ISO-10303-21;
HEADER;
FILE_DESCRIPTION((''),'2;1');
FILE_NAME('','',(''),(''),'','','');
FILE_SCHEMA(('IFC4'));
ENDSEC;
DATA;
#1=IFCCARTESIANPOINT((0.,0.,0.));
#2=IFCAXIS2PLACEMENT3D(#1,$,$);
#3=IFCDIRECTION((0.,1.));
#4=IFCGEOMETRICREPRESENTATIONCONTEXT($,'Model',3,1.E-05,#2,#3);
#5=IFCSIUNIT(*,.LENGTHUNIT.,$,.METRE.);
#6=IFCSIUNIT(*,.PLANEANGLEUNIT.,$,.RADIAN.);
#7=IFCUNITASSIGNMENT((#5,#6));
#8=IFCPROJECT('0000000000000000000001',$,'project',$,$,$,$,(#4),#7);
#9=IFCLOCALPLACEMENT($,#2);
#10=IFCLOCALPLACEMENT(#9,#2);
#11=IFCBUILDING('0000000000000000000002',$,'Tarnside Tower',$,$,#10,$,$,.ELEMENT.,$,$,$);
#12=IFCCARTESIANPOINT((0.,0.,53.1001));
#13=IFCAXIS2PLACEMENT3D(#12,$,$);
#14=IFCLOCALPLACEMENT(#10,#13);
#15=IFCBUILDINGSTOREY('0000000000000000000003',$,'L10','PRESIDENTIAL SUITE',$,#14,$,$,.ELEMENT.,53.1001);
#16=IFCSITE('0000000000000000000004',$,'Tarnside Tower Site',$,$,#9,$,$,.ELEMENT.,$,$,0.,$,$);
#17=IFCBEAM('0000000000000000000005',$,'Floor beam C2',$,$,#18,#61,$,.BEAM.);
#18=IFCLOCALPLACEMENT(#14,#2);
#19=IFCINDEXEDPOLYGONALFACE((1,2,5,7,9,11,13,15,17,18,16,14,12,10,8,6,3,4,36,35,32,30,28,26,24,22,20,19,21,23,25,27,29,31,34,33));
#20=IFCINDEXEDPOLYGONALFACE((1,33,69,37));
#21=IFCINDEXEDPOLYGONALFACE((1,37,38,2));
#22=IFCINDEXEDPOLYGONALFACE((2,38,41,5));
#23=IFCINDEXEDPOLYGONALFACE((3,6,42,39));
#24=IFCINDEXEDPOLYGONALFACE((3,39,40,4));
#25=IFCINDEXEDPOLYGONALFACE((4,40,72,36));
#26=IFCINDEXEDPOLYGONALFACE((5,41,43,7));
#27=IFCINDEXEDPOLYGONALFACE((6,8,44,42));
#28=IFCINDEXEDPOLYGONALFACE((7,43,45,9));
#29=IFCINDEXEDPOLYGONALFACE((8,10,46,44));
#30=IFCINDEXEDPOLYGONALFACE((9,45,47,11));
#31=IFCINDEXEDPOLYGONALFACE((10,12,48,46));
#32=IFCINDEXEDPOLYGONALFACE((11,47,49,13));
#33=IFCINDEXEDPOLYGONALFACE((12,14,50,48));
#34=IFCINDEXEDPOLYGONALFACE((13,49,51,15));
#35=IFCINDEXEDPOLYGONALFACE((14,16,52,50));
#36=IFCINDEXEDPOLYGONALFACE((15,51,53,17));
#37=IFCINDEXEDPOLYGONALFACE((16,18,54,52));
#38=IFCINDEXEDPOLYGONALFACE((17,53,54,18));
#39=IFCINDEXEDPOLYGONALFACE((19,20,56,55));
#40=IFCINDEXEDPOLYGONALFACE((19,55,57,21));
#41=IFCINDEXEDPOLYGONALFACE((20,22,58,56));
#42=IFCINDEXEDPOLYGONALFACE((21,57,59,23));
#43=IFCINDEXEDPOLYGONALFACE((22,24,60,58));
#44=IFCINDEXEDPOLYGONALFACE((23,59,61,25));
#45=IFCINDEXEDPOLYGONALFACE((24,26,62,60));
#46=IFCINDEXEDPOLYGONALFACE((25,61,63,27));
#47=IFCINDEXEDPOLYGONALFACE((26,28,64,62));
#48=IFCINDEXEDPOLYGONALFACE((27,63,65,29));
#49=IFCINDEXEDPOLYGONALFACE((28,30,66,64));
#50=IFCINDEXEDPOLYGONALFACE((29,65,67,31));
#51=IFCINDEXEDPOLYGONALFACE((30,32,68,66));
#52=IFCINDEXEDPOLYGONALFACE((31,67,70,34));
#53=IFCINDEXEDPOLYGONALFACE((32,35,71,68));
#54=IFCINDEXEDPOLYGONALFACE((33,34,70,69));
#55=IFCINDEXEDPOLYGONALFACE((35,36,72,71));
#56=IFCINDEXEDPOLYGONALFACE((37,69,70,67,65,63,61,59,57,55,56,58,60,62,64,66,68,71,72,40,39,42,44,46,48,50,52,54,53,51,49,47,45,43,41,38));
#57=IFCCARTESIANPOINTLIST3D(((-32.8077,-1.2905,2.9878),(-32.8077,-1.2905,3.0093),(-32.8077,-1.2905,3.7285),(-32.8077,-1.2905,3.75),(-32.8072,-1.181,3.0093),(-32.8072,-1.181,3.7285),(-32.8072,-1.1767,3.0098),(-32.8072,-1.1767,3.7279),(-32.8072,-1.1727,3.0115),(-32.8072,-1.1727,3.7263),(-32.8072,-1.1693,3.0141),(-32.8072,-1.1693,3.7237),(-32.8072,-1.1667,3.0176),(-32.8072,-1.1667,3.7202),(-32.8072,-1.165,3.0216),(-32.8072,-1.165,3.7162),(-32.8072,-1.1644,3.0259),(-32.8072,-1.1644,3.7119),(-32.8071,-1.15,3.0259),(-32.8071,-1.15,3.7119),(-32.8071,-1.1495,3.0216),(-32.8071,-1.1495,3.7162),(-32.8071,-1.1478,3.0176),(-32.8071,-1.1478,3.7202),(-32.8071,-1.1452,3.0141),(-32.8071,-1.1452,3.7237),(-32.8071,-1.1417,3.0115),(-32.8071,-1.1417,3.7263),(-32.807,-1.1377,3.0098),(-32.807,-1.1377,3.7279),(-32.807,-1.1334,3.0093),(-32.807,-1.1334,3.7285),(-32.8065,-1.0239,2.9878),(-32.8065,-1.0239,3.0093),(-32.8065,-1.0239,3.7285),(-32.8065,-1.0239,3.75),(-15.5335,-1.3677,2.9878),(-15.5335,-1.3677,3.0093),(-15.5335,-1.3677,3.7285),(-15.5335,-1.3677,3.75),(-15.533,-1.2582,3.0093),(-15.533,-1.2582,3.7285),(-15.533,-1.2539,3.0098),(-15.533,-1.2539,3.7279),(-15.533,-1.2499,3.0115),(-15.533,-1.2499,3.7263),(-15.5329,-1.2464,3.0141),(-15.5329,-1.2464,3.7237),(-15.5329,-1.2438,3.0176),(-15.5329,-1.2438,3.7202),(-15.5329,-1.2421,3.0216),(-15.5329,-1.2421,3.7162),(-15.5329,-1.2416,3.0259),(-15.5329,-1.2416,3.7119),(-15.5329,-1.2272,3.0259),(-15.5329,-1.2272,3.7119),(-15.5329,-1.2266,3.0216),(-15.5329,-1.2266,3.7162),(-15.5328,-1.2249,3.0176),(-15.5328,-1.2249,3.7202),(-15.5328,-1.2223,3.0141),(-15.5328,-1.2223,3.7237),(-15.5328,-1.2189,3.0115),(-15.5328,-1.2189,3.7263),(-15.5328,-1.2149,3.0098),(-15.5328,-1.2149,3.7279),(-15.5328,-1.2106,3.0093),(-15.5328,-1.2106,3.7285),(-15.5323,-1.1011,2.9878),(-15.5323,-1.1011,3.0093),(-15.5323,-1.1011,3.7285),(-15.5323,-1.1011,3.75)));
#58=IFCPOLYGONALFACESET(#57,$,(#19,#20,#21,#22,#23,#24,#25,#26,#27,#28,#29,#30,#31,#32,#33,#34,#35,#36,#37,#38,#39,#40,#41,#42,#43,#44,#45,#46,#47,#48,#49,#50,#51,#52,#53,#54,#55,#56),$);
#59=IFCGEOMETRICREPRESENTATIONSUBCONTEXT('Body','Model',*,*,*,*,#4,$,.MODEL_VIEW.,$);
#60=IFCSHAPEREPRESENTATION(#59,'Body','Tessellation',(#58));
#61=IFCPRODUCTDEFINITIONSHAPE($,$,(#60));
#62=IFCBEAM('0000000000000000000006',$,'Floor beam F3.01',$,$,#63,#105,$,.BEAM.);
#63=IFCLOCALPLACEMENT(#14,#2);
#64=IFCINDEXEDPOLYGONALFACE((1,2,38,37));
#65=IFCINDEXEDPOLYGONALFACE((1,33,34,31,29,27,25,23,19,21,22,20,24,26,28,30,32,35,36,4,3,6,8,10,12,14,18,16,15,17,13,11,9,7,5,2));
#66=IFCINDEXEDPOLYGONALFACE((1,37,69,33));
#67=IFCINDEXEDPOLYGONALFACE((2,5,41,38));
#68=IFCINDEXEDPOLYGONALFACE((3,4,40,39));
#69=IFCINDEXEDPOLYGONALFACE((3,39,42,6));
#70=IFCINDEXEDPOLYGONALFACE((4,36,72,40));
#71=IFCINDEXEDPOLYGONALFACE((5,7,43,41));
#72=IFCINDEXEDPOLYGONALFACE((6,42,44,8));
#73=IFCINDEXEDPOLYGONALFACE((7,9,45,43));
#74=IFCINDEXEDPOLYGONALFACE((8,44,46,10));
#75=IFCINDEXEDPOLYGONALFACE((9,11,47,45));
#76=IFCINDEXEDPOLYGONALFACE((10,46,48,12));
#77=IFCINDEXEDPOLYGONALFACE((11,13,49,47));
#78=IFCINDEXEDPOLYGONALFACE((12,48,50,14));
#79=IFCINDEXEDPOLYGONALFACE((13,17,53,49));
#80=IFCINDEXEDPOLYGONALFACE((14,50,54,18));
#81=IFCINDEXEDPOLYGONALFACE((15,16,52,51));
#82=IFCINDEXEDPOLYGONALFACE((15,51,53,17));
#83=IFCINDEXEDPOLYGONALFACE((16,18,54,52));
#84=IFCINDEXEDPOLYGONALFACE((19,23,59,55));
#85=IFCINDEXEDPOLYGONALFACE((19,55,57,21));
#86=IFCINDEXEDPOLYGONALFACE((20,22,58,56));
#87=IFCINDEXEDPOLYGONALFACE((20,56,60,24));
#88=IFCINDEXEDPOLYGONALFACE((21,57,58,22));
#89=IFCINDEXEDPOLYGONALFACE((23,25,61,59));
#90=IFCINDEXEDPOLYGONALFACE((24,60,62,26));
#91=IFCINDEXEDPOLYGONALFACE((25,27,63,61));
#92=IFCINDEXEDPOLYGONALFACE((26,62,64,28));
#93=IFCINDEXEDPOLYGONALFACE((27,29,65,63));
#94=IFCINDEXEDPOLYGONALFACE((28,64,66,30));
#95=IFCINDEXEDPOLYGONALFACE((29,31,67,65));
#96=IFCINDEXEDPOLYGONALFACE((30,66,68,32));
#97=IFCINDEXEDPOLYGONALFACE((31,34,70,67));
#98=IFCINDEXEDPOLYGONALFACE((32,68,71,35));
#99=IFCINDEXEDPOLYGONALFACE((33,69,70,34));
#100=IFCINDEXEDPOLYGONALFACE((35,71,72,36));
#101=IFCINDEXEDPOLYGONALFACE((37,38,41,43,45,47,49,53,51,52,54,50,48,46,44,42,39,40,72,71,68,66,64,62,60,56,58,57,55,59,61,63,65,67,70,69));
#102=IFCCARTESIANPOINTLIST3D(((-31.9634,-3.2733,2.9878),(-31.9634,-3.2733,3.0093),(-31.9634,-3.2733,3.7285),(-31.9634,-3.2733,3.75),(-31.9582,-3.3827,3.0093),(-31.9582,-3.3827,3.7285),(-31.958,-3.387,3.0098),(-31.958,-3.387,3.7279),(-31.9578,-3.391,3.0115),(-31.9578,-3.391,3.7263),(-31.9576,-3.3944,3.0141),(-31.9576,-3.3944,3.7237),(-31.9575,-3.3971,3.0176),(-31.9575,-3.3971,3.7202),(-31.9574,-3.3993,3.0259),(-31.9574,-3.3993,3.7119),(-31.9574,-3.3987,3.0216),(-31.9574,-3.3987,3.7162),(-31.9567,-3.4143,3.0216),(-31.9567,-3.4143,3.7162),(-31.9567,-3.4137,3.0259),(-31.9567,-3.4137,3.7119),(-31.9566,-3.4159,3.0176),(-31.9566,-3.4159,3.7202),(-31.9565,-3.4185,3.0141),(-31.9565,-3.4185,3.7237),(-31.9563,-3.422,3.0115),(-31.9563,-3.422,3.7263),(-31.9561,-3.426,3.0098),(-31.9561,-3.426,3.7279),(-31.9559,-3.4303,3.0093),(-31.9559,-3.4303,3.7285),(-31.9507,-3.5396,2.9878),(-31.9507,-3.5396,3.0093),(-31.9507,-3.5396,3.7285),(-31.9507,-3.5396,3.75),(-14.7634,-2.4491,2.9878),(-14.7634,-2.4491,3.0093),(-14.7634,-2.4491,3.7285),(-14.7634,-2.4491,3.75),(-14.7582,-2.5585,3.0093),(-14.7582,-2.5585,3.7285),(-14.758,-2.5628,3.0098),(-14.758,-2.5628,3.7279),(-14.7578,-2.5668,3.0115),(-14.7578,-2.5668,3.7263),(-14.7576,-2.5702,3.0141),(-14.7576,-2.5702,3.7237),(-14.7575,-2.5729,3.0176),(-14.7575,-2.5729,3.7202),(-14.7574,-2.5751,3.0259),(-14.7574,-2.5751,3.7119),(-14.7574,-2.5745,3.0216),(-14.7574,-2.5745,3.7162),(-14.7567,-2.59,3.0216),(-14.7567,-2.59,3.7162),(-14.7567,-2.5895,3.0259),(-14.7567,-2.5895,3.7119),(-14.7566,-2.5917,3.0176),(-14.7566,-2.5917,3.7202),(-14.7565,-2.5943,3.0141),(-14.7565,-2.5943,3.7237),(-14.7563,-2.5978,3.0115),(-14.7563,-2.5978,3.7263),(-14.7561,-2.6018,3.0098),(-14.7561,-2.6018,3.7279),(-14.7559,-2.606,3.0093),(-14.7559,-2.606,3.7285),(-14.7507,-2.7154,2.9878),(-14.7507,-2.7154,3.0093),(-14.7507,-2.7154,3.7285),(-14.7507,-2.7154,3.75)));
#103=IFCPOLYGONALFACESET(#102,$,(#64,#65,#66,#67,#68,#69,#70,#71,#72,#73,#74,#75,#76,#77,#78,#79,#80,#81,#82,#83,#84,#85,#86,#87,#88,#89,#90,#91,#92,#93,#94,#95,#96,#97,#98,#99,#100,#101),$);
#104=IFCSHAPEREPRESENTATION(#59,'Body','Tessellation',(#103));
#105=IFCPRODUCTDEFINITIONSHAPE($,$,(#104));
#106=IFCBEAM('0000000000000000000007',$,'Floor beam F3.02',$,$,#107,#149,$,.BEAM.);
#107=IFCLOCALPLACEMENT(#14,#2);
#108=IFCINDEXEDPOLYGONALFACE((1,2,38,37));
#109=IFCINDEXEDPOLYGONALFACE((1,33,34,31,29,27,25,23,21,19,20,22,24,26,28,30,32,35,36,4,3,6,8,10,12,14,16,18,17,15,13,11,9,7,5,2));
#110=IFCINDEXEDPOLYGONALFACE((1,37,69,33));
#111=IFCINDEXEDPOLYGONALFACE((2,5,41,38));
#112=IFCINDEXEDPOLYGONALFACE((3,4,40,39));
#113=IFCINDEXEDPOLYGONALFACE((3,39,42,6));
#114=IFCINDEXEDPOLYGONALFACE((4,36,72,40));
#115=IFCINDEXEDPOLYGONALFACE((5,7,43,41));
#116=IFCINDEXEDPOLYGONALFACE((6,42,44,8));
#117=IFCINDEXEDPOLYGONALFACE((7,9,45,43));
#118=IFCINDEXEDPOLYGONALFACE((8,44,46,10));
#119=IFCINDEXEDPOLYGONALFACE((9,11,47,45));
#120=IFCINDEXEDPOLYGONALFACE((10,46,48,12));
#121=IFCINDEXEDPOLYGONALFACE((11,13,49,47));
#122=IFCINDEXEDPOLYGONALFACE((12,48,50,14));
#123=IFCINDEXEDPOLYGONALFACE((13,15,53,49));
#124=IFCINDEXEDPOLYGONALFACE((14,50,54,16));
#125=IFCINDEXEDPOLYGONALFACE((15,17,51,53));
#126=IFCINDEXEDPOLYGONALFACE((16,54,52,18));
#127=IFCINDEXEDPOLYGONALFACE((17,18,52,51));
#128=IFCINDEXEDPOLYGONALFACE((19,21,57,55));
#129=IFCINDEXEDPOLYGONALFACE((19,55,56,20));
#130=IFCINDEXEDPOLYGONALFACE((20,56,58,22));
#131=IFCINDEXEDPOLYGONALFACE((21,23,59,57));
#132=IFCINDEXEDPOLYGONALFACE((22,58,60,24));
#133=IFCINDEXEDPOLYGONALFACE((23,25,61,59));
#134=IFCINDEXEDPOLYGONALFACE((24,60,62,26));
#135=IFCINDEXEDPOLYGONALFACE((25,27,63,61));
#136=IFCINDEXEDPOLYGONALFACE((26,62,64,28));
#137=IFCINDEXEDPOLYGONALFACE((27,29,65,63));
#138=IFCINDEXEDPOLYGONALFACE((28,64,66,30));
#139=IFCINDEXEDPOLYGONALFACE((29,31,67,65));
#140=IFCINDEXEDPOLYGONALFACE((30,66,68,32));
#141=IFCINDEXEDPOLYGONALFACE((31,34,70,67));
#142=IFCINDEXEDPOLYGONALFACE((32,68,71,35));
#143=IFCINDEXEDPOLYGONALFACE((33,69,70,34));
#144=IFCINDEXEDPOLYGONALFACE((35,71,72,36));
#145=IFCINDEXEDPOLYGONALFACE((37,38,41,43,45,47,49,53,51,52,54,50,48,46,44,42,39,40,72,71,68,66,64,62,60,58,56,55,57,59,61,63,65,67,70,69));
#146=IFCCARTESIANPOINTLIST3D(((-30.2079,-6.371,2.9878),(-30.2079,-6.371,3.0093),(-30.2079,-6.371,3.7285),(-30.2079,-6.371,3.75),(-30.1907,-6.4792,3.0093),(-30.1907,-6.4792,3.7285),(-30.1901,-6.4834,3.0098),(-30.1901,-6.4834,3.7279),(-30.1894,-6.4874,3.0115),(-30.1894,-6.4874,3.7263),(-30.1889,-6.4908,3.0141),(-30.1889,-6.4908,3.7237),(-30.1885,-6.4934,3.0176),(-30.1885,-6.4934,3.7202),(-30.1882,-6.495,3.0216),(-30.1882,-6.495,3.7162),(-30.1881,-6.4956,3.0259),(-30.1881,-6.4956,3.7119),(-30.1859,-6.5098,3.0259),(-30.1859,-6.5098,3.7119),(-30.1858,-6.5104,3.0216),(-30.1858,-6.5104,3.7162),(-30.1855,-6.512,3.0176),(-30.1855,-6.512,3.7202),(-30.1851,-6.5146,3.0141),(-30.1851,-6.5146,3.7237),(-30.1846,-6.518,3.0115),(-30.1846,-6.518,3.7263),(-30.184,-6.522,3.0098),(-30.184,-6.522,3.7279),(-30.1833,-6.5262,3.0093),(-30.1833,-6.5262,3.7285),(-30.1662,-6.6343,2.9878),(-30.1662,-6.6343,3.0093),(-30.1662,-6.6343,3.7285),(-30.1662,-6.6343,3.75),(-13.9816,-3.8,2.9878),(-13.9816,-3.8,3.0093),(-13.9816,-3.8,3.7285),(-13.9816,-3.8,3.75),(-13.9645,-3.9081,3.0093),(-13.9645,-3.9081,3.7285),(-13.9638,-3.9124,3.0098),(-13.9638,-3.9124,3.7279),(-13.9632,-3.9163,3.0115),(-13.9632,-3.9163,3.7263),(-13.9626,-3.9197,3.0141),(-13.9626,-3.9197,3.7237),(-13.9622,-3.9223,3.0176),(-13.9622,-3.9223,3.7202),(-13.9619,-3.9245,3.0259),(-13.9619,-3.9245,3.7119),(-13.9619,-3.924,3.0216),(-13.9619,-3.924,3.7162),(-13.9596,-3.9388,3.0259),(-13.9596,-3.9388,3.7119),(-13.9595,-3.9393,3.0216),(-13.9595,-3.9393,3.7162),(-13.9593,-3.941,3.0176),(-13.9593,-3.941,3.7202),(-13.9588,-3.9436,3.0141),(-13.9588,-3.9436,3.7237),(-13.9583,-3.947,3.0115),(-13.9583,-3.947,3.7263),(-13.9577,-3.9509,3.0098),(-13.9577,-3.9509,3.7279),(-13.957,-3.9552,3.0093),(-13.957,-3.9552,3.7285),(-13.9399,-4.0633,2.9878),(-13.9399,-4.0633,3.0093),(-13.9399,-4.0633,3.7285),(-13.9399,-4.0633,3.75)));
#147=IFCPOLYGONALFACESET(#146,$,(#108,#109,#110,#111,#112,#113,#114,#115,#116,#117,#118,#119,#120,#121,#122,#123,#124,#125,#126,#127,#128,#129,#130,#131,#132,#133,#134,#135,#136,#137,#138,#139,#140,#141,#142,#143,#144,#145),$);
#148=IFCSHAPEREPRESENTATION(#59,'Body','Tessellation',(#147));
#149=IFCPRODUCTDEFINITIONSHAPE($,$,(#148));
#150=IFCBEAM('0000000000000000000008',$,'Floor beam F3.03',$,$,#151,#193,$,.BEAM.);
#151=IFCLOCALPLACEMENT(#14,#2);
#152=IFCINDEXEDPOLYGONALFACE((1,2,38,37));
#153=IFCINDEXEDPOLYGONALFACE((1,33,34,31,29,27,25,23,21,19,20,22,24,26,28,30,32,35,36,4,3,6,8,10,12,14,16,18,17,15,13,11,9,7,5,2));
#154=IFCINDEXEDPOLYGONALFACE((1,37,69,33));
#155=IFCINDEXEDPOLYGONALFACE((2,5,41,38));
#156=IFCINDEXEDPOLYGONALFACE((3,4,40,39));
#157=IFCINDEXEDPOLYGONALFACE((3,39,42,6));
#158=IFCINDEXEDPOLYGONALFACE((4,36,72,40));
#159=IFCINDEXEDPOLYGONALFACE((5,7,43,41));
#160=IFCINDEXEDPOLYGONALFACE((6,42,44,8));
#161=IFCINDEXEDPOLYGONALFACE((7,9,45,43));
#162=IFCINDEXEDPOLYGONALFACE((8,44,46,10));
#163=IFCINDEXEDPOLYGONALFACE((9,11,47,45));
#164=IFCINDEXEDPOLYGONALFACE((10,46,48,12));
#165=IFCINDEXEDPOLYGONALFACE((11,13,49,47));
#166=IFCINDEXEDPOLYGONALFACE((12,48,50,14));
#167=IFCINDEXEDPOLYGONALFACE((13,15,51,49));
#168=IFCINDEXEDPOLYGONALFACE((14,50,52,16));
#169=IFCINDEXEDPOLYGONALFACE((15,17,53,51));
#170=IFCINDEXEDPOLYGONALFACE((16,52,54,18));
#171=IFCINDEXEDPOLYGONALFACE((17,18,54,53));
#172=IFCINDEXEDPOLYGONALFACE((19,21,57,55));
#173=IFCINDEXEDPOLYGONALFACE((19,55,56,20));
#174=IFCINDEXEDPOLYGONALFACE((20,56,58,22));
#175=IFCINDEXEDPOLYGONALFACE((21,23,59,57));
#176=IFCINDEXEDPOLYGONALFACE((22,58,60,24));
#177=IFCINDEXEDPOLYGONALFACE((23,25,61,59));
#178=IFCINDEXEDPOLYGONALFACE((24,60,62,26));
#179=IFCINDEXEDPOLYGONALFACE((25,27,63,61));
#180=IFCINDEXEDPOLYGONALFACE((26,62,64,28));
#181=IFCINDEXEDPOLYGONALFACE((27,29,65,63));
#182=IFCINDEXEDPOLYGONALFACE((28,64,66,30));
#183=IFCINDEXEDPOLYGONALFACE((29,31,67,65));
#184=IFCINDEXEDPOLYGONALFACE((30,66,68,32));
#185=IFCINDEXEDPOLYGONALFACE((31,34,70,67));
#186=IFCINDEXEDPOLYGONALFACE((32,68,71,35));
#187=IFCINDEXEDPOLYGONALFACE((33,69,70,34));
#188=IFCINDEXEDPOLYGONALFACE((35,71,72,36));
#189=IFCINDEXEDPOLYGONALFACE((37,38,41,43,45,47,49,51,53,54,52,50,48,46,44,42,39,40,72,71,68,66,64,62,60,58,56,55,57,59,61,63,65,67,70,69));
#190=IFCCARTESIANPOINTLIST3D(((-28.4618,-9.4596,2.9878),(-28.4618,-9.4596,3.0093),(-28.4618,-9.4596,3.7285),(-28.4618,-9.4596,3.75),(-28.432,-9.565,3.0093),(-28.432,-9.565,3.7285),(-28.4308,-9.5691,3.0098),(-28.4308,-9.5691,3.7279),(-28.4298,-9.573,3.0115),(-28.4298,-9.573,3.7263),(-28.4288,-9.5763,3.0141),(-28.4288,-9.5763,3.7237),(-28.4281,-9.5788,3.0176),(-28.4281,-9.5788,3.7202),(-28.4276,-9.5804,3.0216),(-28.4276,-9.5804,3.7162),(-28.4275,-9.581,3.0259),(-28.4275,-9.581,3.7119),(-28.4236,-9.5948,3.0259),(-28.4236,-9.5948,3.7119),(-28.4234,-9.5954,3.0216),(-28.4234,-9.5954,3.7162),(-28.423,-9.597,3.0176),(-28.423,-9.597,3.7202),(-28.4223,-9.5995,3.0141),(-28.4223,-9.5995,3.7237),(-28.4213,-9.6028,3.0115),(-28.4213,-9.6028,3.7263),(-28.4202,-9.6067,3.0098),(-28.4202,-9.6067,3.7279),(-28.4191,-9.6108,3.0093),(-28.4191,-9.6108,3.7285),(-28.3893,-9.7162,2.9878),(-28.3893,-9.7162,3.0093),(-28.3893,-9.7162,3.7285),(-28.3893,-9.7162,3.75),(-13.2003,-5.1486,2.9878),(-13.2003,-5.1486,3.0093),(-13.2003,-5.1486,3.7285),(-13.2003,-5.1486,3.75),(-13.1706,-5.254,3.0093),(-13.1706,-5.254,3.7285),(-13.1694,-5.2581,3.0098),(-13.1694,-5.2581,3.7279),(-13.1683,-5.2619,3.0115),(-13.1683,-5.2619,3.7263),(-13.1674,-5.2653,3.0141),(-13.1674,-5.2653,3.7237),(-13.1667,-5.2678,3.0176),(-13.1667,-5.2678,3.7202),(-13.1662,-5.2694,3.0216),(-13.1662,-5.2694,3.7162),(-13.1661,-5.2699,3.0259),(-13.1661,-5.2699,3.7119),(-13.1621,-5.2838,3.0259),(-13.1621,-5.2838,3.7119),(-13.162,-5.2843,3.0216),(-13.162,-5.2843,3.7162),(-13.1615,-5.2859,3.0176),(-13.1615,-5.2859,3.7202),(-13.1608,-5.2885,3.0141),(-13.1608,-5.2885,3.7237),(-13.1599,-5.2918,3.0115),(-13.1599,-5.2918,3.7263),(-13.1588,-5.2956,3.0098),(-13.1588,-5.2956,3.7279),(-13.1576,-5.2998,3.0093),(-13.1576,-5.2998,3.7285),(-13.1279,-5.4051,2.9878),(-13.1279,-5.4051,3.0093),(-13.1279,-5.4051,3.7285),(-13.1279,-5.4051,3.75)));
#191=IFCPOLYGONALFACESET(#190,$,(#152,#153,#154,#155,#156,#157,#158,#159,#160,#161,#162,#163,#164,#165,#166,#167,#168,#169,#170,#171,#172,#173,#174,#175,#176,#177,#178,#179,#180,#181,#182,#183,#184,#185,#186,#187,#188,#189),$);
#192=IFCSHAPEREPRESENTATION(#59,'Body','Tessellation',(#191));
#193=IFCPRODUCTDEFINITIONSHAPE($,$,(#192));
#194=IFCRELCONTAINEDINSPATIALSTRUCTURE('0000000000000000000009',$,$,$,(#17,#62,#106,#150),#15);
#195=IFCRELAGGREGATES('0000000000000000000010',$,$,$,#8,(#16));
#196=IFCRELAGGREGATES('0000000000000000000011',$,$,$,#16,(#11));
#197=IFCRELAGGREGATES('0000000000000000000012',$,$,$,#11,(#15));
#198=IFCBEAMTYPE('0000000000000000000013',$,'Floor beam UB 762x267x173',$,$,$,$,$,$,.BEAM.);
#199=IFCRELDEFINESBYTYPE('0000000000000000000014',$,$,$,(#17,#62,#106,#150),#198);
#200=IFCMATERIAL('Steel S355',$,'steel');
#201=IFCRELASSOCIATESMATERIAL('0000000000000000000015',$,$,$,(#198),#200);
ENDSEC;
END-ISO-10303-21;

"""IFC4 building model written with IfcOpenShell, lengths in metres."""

from ifc_helpers import new_model, si_unit, direction, frame, origin, origin_2d, place, context, subcontext, project, spatial, i_section, extrude, material, material_profile, profile_set, type_object, element, save


model = new_model("IFC4")

# Units and contexts
model_context = context("Model", 3, precision=1e-05, world=origin(), true_north=direction((0.0, 1.0)))
body_context = subcontext(model_context, "Body", "Model", "MODEL_VIEW")
ifc_project = project(units=[si_unit("LENGTHUNIT", "METRE"), si_unit("PLANEANGLEUNIT", "RADIAN")], contexts=[model_context])

# Site, building, storey
site_placement = place(None, origin())
site = spatial("IfcSite", under=ifc_project, at=site_placement, Name="Tarnside Tower Site", CompositionType="ELEMENT", RefElevation=0.0)
building_placement = place(site_placement, origin())
building = spatial("IfcBuilding", under=site, at=building_placement, Name="Tarnside Tower", CompositionType="ELEMENT")
storey_placement = place(building_placement, frame((0.0, 0.0, 53.1001)))
storey = spatial("IfcBuildingStorey", under=building, at=storey_placement, Name="L10", Description="PRESIDENTIAL SUITE", CompositionType="ELEMENT", Elevation=53.1001)

# Beams
ifc_material_1 = material(Name="Steel S355", Category="steel")
ifc_material_profile = material_profile(ifc_material_1, i_section(OverallWidth=0.2666, OverallDepth=0.7622, WebThickness=0.0144, FlangeThickness=0.0215, FilletRadius=0.0166, at=origin_2d()), Name="UB 762x267x173")
ifc_profile_set = profile_set([ifc_material_profile], Name="Steel S355")
beam_type = type_object("IfcBeamType", Name="Floor beam UB 762x267x173", PredefinedType="BEAM", material=ifc_profile_set)
beam_1_placement = place(storey_placement, frame((-32.8071, -1.1572, 3.3689), z_axis=(0.99999, -0.004466, 0.0), x_axis=(0.004466, 0.99999, 0.0)))
element("IfcBeam", 1, at=beam_1_placement, inside=storey, type_object=beam_type, Name="Floor beam C2", PredefinedType="BEAM", context=body_context, shape_type="SweptSolid", body=[
    extrude(i_section(OverallWidth=0.2666, OverallDepth=0.7622, WebThickness=0.0144, FlangeThickness=0.0215, FilletRadius=0.0166, at=origin_2d()), origin(), (0.0, 0.0, 1.0), 17.2744),
])
beam_2_placement = place(storey_placement, frame((-31.957, -3.4065, 3.3689), z_axis=(0.998854, 0.047865, 0.0), x_axis=(-0.047865, 0.998854, 0.0)))
element("IfcBeam", 2, at=beam_2_placement, inside=storey, type_object=beam_type, Name="Floor beam F3.01", PredefinedType="BEAM", context=body_context, shape_type="SweptSolid", body=[
    extrude(i_section(OverallWidth=0.2666, OverallDepth=0.7622, WebThickness=0.0144, FlangeThickness=0.0215, FilletRadius=0.0166, at=origin_2d()), origin(), (0.0, 0.0, 1.0), 17.2197),
])
beam_3_placement = place(storey_placement, frame((-30.187, -6.5027, 3.3689), z_axis=(0.987678, 0.156497, 0.0), x_axis=(-0.156497, 0.987678, 0.0)))
element("IfcBeam", 3, at=beam_3_placement, inside=storey, type_object=beam_type, Name="Floor beam F3.02", PredefinedType="BEAM", context=body_context, shape_type="SweptSolid", body=[
    extrude(i_section(OverallWidth=0.2666, OverallDepth=0.7622, WebThickness=0.0144, FlangeThickness=0.0215, FilletRadius=0.0166, at=origin_2d()), origin(), (0.0, 0.0, 1.0), 16.4287),
])
beam_4_placement = place(storey_placement, frame((-28.4255, -9.5879, 3.3689), z_axis=(0.962342, 0.271841, 0.0), x_axis=(-0.271841, 0.962342, 0.0)))
element("IfcBeam", 4, at=beam_4_placement, inside=storey, type_object=beam_type, Name="Floor beam F3.03", PredefinedType="BEAM", context=body_context, shape_type="SweptSolid", body=[
    extrude(i_section(OverallWidth=0.2666, OverallDepth=0.7622, WebThickness=0.0144, FlangeThickness=0.0215, FilletRadius=0.0166, at=origin_2d()), origin(), (0.0, 0.0, 1.0), 15.8586),
])

save(model, "model.ifc")
